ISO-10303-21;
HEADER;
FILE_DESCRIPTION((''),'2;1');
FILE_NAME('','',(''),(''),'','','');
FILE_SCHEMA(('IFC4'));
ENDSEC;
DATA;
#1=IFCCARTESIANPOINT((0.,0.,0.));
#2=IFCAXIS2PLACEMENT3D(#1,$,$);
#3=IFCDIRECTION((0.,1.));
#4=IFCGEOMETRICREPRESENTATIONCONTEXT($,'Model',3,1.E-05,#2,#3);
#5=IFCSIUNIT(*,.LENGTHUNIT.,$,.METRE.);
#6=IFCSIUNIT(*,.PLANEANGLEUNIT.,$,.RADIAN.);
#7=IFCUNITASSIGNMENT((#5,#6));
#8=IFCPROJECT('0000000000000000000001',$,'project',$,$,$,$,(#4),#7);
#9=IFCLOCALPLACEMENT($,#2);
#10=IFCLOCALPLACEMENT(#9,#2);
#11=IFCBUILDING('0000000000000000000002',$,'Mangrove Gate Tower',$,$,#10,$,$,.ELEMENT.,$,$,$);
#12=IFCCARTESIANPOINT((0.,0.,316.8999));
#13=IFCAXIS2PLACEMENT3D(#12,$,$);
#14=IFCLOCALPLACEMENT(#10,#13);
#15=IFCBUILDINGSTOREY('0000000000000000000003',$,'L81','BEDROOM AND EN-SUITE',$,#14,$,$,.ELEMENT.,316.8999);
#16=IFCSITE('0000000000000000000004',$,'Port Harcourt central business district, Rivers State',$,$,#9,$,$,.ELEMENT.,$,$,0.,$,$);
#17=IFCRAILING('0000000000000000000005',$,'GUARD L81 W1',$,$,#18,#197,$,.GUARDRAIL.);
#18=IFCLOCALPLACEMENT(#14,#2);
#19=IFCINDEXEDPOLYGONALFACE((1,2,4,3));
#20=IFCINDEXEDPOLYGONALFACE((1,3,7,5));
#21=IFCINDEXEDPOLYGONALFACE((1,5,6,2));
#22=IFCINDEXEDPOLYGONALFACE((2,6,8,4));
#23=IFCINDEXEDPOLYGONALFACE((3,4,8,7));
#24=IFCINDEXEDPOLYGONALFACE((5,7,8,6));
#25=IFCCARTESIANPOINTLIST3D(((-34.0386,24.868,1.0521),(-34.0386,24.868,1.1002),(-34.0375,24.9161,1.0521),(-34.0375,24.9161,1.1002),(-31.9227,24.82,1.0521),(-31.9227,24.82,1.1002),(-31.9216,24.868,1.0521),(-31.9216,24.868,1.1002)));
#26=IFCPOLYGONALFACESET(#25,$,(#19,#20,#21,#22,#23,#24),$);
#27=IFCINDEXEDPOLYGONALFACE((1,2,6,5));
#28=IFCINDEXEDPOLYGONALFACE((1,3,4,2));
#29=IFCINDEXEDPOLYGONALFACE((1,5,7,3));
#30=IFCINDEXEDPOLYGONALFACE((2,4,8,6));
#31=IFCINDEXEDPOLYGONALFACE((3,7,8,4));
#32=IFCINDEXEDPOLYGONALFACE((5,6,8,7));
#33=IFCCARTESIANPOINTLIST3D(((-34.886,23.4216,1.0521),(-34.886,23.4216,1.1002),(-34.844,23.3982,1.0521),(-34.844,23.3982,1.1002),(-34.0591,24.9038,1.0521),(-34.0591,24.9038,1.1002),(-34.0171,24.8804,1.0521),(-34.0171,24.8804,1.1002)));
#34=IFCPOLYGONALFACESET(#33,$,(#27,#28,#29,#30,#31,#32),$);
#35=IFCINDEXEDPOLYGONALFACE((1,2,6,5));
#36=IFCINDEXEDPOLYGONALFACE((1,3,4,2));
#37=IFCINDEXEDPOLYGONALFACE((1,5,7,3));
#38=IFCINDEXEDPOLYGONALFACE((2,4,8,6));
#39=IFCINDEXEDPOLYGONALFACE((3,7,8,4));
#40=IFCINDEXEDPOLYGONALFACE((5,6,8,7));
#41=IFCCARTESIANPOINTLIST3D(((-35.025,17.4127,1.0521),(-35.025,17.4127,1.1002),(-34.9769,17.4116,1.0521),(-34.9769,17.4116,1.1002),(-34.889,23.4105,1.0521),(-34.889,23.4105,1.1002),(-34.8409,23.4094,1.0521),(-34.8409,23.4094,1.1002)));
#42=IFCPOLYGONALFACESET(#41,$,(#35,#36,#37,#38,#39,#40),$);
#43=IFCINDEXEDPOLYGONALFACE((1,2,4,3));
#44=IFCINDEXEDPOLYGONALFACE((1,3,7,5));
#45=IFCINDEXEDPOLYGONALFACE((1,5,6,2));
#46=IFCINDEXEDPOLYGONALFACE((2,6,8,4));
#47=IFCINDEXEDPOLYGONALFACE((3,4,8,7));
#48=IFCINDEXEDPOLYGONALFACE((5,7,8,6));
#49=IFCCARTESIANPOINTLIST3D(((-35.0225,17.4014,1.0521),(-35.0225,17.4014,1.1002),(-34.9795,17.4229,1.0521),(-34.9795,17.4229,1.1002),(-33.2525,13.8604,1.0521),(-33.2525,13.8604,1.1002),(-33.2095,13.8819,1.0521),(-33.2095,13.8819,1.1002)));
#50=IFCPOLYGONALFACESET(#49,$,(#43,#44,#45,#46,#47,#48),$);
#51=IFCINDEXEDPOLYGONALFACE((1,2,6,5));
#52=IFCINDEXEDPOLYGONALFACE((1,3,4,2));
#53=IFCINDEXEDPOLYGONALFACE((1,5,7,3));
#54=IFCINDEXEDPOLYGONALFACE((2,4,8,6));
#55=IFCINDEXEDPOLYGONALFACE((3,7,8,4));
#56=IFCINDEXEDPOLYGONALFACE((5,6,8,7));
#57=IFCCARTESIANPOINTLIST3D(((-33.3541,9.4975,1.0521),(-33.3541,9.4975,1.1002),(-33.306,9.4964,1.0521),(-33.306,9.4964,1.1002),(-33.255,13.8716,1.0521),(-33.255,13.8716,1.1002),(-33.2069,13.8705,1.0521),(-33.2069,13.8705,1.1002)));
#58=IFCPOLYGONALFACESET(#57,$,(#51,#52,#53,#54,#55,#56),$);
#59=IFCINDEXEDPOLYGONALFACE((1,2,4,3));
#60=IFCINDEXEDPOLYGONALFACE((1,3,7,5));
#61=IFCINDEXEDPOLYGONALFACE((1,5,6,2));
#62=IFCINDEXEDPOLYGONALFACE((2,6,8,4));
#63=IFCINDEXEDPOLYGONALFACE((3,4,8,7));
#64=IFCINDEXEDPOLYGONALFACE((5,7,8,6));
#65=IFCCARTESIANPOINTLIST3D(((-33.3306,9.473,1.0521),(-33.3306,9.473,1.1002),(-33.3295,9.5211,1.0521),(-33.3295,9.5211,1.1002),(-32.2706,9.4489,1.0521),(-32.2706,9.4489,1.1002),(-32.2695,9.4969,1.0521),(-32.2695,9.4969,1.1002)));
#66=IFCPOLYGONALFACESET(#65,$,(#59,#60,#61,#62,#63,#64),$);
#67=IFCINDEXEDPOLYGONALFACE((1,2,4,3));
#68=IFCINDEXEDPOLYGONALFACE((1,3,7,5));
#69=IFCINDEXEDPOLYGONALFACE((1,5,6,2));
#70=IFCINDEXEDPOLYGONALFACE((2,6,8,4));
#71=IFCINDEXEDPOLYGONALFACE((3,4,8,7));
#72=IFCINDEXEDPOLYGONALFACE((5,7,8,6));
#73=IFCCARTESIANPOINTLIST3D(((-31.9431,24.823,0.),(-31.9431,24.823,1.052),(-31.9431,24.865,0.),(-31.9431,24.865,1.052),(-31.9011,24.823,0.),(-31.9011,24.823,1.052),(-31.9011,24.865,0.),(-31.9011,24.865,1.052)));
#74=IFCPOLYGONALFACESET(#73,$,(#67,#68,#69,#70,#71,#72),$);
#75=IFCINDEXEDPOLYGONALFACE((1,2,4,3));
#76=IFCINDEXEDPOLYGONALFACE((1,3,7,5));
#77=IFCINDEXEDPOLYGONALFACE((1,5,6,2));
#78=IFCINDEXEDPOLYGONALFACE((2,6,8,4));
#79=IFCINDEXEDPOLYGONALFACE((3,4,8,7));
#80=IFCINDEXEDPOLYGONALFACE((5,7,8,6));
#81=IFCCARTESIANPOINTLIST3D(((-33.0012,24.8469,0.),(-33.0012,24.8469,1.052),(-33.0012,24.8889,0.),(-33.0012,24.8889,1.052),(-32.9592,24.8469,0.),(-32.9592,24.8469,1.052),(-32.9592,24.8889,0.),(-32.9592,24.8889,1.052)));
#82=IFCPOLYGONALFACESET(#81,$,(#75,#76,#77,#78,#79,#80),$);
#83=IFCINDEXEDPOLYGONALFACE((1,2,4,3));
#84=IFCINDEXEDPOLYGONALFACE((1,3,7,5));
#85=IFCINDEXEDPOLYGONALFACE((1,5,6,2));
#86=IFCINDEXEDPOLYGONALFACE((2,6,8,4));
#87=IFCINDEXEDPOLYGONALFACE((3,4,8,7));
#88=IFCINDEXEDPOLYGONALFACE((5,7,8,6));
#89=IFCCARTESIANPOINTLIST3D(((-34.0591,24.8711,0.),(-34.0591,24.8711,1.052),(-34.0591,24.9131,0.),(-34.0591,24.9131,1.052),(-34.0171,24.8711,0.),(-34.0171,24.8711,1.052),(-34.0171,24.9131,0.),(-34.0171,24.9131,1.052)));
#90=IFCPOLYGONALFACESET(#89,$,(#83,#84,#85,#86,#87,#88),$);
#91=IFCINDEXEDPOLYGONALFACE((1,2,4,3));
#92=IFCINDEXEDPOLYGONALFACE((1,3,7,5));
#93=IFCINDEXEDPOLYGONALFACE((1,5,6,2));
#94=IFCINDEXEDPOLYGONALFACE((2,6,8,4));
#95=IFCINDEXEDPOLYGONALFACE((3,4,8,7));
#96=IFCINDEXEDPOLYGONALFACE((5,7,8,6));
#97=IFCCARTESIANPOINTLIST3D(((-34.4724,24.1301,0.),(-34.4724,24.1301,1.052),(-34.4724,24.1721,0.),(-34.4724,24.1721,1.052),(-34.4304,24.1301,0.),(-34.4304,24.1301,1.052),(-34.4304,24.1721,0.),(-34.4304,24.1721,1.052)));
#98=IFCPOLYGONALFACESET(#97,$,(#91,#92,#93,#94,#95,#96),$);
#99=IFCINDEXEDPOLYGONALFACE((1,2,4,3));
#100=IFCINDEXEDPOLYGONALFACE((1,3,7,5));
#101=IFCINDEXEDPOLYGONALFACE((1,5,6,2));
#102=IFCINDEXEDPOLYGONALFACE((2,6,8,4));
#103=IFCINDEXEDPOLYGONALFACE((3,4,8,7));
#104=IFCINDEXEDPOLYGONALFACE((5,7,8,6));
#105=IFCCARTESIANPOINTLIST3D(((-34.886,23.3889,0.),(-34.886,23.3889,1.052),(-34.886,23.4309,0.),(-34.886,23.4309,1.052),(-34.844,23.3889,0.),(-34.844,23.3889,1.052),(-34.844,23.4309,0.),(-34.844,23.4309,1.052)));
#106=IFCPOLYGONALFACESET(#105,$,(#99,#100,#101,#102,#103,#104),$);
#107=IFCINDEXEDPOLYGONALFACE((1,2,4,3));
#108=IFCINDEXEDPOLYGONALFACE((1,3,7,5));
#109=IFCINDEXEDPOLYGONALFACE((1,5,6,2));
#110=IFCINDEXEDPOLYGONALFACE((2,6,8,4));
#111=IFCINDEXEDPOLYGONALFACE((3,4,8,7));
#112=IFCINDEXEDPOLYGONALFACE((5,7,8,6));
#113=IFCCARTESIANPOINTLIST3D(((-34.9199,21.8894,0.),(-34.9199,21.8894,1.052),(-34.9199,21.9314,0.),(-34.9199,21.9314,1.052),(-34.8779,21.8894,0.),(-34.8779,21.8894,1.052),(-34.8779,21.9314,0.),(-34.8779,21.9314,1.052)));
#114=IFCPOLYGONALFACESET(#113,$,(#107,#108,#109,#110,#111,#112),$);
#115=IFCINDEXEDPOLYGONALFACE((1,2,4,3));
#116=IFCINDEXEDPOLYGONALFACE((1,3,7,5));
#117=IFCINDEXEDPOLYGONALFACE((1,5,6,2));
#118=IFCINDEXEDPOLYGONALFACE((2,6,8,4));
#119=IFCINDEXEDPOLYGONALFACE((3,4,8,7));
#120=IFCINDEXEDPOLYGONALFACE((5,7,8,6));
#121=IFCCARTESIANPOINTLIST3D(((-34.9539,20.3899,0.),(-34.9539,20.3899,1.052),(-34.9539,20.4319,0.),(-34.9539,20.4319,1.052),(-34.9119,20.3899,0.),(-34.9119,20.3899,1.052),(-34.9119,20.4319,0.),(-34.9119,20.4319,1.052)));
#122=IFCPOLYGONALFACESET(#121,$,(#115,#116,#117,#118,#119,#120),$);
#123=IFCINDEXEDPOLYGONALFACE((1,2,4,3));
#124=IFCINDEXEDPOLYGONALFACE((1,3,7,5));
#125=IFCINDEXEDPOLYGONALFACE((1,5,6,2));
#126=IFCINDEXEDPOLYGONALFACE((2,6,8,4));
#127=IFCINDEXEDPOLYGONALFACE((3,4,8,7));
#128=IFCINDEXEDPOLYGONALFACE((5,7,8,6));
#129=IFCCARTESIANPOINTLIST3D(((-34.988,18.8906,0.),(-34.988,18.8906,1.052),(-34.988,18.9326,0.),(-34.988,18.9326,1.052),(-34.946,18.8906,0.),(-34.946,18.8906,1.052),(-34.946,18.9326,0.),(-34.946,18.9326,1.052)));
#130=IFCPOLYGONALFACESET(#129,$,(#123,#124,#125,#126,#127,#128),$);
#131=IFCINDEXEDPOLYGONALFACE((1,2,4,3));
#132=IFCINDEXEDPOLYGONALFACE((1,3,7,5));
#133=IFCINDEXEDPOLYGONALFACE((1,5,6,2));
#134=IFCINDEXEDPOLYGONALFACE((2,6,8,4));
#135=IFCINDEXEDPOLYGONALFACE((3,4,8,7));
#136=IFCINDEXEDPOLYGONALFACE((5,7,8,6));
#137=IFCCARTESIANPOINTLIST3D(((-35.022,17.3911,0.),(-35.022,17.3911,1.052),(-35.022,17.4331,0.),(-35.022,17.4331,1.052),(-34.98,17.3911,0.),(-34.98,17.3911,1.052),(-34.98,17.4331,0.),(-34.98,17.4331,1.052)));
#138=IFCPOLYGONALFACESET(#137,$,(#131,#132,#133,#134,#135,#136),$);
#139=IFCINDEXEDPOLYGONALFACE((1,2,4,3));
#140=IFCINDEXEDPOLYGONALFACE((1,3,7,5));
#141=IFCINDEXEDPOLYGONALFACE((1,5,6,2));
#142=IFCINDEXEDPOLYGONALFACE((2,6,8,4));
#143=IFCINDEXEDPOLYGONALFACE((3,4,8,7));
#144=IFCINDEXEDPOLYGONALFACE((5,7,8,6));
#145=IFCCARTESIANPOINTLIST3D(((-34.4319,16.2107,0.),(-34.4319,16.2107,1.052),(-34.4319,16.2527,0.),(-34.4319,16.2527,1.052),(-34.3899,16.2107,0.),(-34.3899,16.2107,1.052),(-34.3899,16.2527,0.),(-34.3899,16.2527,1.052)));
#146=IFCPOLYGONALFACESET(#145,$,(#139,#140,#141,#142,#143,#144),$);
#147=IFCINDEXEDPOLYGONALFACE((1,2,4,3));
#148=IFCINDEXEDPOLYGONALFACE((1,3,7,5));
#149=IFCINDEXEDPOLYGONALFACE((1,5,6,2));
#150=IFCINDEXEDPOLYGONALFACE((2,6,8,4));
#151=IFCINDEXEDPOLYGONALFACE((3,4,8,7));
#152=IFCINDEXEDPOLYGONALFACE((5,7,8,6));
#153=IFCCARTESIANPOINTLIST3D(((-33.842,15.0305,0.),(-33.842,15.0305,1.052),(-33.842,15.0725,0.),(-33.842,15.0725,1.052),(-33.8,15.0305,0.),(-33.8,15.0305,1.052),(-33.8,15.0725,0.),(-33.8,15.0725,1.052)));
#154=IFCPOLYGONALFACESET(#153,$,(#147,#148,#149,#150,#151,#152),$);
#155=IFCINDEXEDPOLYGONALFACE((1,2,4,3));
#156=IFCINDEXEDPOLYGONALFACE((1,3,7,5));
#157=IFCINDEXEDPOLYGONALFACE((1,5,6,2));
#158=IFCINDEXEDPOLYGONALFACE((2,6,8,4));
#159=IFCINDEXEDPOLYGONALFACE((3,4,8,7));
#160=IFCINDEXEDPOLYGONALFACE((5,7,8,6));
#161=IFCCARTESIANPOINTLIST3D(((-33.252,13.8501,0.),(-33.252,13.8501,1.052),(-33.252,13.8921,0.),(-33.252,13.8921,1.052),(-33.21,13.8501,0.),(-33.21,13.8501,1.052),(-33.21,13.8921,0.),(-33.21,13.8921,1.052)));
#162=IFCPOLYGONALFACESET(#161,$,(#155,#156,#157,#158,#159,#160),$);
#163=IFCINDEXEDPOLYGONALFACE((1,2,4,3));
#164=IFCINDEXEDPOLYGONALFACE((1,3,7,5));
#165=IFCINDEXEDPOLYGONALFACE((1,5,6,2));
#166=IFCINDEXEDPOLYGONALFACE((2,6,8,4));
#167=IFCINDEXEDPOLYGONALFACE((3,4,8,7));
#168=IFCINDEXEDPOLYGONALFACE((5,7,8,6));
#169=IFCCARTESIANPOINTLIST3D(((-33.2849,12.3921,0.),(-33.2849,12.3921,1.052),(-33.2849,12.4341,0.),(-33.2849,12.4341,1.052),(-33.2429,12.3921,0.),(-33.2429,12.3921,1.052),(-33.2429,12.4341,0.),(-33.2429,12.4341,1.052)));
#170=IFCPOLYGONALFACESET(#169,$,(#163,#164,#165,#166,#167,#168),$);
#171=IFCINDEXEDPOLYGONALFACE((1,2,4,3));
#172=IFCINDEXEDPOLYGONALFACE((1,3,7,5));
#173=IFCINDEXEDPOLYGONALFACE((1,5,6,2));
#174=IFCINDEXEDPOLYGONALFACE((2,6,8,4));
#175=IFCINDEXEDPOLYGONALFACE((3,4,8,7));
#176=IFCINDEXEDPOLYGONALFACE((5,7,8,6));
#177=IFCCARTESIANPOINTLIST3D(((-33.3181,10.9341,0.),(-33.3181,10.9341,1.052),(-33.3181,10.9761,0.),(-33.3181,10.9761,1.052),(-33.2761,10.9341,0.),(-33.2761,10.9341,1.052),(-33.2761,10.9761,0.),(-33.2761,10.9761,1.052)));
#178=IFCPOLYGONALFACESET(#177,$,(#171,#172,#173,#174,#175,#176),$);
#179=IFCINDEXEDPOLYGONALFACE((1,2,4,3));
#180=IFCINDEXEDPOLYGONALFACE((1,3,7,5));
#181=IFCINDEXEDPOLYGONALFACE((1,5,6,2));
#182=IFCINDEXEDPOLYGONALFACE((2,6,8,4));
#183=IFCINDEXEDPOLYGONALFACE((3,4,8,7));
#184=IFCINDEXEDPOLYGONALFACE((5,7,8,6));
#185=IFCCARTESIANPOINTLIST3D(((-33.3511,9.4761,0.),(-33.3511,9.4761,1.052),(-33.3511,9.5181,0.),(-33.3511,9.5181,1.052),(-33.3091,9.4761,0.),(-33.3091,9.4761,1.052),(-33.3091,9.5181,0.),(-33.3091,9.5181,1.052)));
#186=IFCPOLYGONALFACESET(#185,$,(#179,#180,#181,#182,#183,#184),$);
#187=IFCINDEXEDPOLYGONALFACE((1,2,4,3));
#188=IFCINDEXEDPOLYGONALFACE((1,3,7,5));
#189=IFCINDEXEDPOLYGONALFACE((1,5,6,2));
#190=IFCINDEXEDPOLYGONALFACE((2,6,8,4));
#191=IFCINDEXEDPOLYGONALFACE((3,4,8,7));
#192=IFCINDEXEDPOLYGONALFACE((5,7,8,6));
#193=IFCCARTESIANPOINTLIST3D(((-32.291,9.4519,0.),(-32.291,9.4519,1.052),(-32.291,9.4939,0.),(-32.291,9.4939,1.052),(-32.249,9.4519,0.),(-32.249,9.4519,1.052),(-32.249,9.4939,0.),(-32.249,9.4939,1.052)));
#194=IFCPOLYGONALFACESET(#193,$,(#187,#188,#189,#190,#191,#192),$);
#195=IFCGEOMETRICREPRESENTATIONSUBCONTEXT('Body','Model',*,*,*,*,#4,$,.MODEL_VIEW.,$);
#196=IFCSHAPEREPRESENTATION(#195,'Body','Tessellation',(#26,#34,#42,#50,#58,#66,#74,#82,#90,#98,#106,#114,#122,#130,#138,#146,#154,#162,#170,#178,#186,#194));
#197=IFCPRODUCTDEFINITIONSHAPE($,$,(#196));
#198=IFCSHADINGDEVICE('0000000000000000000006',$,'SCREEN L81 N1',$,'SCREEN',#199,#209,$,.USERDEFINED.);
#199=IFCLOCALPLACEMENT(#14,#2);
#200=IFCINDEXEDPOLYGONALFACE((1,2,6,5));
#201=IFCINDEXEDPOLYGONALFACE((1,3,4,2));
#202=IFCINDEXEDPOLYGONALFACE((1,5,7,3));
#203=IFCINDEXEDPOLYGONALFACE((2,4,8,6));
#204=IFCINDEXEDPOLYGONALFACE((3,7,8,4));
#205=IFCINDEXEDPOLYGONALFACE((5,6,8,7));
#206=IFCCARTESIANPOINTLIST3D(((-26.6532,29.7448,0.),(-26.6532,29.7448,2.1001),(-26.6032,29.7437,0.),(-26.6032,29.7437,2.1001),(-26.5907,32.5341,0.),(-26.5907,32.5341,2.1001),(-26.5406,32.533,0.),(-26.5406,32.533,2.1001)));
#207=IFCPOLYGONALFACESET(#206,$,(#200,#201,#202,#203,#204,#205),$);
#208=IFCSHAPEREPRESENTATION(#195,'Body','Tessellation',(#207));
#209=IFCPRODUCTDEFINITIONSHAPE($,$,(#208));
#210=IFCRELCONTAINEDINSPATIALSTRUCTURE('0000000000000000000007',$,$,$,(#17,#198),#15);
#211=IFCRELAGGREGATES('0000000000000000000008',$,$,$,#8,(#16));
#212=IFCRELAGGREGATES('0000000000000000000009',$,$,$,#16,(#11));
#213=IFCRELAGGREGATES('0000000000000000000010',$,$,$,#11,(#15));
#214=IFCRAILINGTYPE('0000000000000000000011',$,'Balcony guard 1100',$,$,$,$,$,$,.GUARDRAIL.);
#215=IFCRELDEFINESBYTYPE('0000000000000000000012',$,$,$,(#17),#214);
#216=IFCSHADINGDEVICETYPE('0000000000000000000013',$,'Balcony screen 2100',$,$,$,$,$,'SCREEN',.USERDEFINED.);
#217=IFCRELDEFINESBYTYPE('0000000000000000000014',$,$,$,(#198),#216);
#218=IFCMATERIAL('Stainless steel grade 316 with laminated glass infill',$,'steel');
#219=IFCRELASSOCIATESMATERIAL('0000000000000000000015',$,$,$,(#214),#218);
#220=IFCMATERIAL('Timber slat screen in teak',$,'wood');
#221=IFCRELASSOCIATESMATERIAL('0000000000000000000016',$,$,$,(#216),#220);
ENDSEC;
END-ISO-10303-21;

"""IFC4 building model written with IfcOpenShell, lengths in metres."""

from ifc_helpers import new_model, si_unit, direction, frame, origin, origin_2d, place, context, subcontext, project, spatial, rectangle, extrude, material, type_object, element, save


model = new_model("IFC4")

# Units and contexts
model_context = context("Model", 3, precision=1e-05, world=origin(), true_north=direction((0.0, 1.0)))
body_context = subcontext(model_context, "Body", "Model", "MODEL_VIEW")
ifc_project = project(units=[si_unit("LENGTHUNIT", "METRE"), si_unit("PLANEANGLEUNIT", "RADIAN")], contexts=[model_context])

# Site, building, storey
site_placement = place(None, origin())
site = spatial("IfcSite", under=ifc_project, at=site_placement, Name="Port Harcourt central business district, Rivers State", CompositionType="ELEMENT", RefElevation=0.0)
building_placement = place(site_placement, origin())
building = spatial("IfcBuilding", under=site, at=building_placement, Name="Mangrove Gate Tower", CompositionType="ELEMENT")
storey_placement = place(building_placement, frame((0.0, 0.0, 316.8999)))
storey = spatial("IfcBuildingStorey", under=building, at=storey_placement, Name="L81", Description="BEDROOM AND EN-SUITE", CompositionType="ELEMENT", Elevation=316.8999)

# Railing
ifc_material_1 = material(Name="Stainless steel grade 316 with laminated glass infill", Category="steel")
railing_type = type_object("IfcRailingType", Name="Balcony guard 1100", PredefinedType="GUARDRAIL", material=ifc_material_1)
railing_placement = place(storey_placement, frame((-31.9221, 24.844, 0.0)))
element("IfcRailing", 1, at=railing_placement, inside=storey, type_object=railing_type, Name="GUARD L81 W1", PredefinedType="GUARDRAIL", context=body_context, shape_type="SweptSolid", body=[
    extrude(rectangle(XDim=0.0481, YDim=0.0481, at=origin_2d()), frame((0.0, 0.0, 1.0762), z_axis=(-0.999742, 0.022724, 0.0), x_axis=(-0.022724, -0.999742, 0.0)), (0.0, 0.0, 1.0), 2.1165),
    extrude(rectangle(XDim=0.0481, YDim=0.0481, at=origin_2d()), frame((-2.116, 0.0481, 1.0762), z_axis=(-0.487205, -0.873287, 0.0), x_axis=(0.873287, -0.487205, 0.0)), (0.0, 0.0, 1.0), 1.6973),
    extrude(rectangle(XDim=0.0481, YDim=0.0481, at=origin_2d()), frame((-2.9429, -1.4341, 1.0762), z_axis=(-0.022667, -0.999743, 0.0), x_axis=(0.999743, -0.022667, 0.0)), (0.0, 0.0, 1.0), 5.9993),
    extrude(rectangle(XDim=0.0481, YDim=0.0481, at=origin_2d()), frame((-3.0789, -7.4319, 1.0762), z_axis=(0.447115, -0.894477, 0.0), x_axis=(0.894477, 0.447115, 0.0)), (0.0, 0.0, 1.0), 3.9587),
    extrude(rectangle(XDim=0.0481, YDim=0.0481, at=origin_2d()), frame((-1.3088, -10.9729, 1.0762), z_axis=(-0.022655, -0.999743, 0.0), x_axis=(0.999743, -0.022655, 0.0)), (0.0, 0.0, 1.0), 4.3752),
    extrude(rectangle(XDim=0.0481, YDim=0.0481, at=origin_2d()), frame((-1.408, -15.3469, 1.0762), z_axis=(0.99974, -0.022795, 0.0), x_axis=(0.022795, 0.99974, 0.0)), (0.0, 0.0, 1.0), 1.0603),
    extrude(rectangle(XDim=0.042, YDim=0.042, at=origin_2d()), origin(), (0.0, 0.0, 1.0), 1.052),
    extrude(rectangle(XDim=0.042, YDim=0.042, at=origin_2d()), frame((-1.0581, 0.0239, 0.0)), (0.0, 0.0, 1.0), 1.052),
    extrude(rectangle(XDim=0.042, YDim=0.042, at=origin_2d()), frame((-2.116, 0.0481, 0.0)), (0.0, 0.0, 1.0), 1.052),
    extrude(rectangle(XDim=0.042, YDim=0.042, at=origin_2d()), frame((-2.5293, -0.6929, 0.0)), (0.0, 0.0, 1.0), 1.052),
    extrude(rectangle(XDim=0.042, YDim=0.042, at=origin_2d()), frame((-2.9429, -1.4341, 0.0)), (0.0, 0.0, 1.0), 1.052),
    extrude(rectangle(XDim=0.042, YDim=0.042, at=origin_2d()), frame((-2.9768, -2.9336, 0.0)), (0.0, 0.0, 1.0), 1.052),
    extrude(rectangle(XDim=0.042, YDim=0.042, at=origin_2d()), frame((-3.0107, -4.4331, 0.0)), (0.0, 0.0, 1.0), 1.052),
    extrude(rectangle(XDim=0.042, YDim=0.042, at=origin_2d()), frame((-3.0449, -5.9324, 0.0)), (0.0, 0.0, 1.0), 1.052),
    extrude(rectangle(XDim=0.042, YDim=0.042, at=origin_2d()), frame((-3.0789, -7.4319, 0.0)), (0.0, 0.0, 1.0), 1.052),
    extrude(rectangle(XDim=0.042, YDim=0.042, at=origin_2d()), frame((-2.4888, -8.6123, 0.0)), (0.0, 0.0, 1.0), 1.052),
    extrude(rectangle(XDim=0.042, YDim=0.042, at=origin_2d()), frame((-1.8989, -9.7925, 0.0)), (0.0, 0.0, 1.0), 1.052),
    extrude(rectangle(XDim=0.042, YDim=0.042, at=origin_2d()), frame((-1.3088, -10.9729, 0.0)), (0.0, 0.0, 1.0), 1.052),
    extrude(rectangle(XDim=0.042, YDim=0.042, at=origin_2d()), frame((-1.3418, -12.4309, 0.0)), (0.0, 0.0, 1.0), 1.052),
    extrude(rectangle(XDim=0.042, YDim=0.042, at=origin_2d()), frame((-1.375, -13.8889, 0.0)), (0.0, 0.0, 1.0), 1.052),
    extrude(rectangle(XDim=0.042, YDim=0.042, at=origin_2d()), frame((-1.408, -15.3469, 0.0)), (0.0, 0.0, 1.0), 1.052),
    extrude(rectangle(XDim=0.042, YDim=0.042, at=origin_2d()), frame((-0.3479, -15.3711, 0.0)), (0.0, 0.0, 1.0), 1.052),
])

# Shading device
ifc_material_2 = material(Name="Timber slat screen in teak", Category="wood")
shading_device_type = type_object("IfcShadingDeviceType", Name="Balcony screen 2100", ElementType="SCREEN", PredefinedType="USERDEFINED", material=ifc_material_2)
shading_device_placement = place(storey_placement, frame((-26.5969, 31.1389, 0.0), z_axis=(0.0, 0.0, 1.0), x_axis=(0.022408, 0.999749, 0.0)))
element("IfcShadingDevice", 2, at=shading_device_placement, inside=storey, type_object=shading_device_type, Name="SCREEN L81 N1", ObjectType="SCREEN", PredefinedType="USERDEFINED", context=body_context, shape_type="SweptSolid", body=[
    extrude(rectangle(XDim=2.79, YDim=0.05, at=origin_2d()), origin(), (0.0, 0.0, 1.0), 2.1001),
])

save(model, "model.ifc")
